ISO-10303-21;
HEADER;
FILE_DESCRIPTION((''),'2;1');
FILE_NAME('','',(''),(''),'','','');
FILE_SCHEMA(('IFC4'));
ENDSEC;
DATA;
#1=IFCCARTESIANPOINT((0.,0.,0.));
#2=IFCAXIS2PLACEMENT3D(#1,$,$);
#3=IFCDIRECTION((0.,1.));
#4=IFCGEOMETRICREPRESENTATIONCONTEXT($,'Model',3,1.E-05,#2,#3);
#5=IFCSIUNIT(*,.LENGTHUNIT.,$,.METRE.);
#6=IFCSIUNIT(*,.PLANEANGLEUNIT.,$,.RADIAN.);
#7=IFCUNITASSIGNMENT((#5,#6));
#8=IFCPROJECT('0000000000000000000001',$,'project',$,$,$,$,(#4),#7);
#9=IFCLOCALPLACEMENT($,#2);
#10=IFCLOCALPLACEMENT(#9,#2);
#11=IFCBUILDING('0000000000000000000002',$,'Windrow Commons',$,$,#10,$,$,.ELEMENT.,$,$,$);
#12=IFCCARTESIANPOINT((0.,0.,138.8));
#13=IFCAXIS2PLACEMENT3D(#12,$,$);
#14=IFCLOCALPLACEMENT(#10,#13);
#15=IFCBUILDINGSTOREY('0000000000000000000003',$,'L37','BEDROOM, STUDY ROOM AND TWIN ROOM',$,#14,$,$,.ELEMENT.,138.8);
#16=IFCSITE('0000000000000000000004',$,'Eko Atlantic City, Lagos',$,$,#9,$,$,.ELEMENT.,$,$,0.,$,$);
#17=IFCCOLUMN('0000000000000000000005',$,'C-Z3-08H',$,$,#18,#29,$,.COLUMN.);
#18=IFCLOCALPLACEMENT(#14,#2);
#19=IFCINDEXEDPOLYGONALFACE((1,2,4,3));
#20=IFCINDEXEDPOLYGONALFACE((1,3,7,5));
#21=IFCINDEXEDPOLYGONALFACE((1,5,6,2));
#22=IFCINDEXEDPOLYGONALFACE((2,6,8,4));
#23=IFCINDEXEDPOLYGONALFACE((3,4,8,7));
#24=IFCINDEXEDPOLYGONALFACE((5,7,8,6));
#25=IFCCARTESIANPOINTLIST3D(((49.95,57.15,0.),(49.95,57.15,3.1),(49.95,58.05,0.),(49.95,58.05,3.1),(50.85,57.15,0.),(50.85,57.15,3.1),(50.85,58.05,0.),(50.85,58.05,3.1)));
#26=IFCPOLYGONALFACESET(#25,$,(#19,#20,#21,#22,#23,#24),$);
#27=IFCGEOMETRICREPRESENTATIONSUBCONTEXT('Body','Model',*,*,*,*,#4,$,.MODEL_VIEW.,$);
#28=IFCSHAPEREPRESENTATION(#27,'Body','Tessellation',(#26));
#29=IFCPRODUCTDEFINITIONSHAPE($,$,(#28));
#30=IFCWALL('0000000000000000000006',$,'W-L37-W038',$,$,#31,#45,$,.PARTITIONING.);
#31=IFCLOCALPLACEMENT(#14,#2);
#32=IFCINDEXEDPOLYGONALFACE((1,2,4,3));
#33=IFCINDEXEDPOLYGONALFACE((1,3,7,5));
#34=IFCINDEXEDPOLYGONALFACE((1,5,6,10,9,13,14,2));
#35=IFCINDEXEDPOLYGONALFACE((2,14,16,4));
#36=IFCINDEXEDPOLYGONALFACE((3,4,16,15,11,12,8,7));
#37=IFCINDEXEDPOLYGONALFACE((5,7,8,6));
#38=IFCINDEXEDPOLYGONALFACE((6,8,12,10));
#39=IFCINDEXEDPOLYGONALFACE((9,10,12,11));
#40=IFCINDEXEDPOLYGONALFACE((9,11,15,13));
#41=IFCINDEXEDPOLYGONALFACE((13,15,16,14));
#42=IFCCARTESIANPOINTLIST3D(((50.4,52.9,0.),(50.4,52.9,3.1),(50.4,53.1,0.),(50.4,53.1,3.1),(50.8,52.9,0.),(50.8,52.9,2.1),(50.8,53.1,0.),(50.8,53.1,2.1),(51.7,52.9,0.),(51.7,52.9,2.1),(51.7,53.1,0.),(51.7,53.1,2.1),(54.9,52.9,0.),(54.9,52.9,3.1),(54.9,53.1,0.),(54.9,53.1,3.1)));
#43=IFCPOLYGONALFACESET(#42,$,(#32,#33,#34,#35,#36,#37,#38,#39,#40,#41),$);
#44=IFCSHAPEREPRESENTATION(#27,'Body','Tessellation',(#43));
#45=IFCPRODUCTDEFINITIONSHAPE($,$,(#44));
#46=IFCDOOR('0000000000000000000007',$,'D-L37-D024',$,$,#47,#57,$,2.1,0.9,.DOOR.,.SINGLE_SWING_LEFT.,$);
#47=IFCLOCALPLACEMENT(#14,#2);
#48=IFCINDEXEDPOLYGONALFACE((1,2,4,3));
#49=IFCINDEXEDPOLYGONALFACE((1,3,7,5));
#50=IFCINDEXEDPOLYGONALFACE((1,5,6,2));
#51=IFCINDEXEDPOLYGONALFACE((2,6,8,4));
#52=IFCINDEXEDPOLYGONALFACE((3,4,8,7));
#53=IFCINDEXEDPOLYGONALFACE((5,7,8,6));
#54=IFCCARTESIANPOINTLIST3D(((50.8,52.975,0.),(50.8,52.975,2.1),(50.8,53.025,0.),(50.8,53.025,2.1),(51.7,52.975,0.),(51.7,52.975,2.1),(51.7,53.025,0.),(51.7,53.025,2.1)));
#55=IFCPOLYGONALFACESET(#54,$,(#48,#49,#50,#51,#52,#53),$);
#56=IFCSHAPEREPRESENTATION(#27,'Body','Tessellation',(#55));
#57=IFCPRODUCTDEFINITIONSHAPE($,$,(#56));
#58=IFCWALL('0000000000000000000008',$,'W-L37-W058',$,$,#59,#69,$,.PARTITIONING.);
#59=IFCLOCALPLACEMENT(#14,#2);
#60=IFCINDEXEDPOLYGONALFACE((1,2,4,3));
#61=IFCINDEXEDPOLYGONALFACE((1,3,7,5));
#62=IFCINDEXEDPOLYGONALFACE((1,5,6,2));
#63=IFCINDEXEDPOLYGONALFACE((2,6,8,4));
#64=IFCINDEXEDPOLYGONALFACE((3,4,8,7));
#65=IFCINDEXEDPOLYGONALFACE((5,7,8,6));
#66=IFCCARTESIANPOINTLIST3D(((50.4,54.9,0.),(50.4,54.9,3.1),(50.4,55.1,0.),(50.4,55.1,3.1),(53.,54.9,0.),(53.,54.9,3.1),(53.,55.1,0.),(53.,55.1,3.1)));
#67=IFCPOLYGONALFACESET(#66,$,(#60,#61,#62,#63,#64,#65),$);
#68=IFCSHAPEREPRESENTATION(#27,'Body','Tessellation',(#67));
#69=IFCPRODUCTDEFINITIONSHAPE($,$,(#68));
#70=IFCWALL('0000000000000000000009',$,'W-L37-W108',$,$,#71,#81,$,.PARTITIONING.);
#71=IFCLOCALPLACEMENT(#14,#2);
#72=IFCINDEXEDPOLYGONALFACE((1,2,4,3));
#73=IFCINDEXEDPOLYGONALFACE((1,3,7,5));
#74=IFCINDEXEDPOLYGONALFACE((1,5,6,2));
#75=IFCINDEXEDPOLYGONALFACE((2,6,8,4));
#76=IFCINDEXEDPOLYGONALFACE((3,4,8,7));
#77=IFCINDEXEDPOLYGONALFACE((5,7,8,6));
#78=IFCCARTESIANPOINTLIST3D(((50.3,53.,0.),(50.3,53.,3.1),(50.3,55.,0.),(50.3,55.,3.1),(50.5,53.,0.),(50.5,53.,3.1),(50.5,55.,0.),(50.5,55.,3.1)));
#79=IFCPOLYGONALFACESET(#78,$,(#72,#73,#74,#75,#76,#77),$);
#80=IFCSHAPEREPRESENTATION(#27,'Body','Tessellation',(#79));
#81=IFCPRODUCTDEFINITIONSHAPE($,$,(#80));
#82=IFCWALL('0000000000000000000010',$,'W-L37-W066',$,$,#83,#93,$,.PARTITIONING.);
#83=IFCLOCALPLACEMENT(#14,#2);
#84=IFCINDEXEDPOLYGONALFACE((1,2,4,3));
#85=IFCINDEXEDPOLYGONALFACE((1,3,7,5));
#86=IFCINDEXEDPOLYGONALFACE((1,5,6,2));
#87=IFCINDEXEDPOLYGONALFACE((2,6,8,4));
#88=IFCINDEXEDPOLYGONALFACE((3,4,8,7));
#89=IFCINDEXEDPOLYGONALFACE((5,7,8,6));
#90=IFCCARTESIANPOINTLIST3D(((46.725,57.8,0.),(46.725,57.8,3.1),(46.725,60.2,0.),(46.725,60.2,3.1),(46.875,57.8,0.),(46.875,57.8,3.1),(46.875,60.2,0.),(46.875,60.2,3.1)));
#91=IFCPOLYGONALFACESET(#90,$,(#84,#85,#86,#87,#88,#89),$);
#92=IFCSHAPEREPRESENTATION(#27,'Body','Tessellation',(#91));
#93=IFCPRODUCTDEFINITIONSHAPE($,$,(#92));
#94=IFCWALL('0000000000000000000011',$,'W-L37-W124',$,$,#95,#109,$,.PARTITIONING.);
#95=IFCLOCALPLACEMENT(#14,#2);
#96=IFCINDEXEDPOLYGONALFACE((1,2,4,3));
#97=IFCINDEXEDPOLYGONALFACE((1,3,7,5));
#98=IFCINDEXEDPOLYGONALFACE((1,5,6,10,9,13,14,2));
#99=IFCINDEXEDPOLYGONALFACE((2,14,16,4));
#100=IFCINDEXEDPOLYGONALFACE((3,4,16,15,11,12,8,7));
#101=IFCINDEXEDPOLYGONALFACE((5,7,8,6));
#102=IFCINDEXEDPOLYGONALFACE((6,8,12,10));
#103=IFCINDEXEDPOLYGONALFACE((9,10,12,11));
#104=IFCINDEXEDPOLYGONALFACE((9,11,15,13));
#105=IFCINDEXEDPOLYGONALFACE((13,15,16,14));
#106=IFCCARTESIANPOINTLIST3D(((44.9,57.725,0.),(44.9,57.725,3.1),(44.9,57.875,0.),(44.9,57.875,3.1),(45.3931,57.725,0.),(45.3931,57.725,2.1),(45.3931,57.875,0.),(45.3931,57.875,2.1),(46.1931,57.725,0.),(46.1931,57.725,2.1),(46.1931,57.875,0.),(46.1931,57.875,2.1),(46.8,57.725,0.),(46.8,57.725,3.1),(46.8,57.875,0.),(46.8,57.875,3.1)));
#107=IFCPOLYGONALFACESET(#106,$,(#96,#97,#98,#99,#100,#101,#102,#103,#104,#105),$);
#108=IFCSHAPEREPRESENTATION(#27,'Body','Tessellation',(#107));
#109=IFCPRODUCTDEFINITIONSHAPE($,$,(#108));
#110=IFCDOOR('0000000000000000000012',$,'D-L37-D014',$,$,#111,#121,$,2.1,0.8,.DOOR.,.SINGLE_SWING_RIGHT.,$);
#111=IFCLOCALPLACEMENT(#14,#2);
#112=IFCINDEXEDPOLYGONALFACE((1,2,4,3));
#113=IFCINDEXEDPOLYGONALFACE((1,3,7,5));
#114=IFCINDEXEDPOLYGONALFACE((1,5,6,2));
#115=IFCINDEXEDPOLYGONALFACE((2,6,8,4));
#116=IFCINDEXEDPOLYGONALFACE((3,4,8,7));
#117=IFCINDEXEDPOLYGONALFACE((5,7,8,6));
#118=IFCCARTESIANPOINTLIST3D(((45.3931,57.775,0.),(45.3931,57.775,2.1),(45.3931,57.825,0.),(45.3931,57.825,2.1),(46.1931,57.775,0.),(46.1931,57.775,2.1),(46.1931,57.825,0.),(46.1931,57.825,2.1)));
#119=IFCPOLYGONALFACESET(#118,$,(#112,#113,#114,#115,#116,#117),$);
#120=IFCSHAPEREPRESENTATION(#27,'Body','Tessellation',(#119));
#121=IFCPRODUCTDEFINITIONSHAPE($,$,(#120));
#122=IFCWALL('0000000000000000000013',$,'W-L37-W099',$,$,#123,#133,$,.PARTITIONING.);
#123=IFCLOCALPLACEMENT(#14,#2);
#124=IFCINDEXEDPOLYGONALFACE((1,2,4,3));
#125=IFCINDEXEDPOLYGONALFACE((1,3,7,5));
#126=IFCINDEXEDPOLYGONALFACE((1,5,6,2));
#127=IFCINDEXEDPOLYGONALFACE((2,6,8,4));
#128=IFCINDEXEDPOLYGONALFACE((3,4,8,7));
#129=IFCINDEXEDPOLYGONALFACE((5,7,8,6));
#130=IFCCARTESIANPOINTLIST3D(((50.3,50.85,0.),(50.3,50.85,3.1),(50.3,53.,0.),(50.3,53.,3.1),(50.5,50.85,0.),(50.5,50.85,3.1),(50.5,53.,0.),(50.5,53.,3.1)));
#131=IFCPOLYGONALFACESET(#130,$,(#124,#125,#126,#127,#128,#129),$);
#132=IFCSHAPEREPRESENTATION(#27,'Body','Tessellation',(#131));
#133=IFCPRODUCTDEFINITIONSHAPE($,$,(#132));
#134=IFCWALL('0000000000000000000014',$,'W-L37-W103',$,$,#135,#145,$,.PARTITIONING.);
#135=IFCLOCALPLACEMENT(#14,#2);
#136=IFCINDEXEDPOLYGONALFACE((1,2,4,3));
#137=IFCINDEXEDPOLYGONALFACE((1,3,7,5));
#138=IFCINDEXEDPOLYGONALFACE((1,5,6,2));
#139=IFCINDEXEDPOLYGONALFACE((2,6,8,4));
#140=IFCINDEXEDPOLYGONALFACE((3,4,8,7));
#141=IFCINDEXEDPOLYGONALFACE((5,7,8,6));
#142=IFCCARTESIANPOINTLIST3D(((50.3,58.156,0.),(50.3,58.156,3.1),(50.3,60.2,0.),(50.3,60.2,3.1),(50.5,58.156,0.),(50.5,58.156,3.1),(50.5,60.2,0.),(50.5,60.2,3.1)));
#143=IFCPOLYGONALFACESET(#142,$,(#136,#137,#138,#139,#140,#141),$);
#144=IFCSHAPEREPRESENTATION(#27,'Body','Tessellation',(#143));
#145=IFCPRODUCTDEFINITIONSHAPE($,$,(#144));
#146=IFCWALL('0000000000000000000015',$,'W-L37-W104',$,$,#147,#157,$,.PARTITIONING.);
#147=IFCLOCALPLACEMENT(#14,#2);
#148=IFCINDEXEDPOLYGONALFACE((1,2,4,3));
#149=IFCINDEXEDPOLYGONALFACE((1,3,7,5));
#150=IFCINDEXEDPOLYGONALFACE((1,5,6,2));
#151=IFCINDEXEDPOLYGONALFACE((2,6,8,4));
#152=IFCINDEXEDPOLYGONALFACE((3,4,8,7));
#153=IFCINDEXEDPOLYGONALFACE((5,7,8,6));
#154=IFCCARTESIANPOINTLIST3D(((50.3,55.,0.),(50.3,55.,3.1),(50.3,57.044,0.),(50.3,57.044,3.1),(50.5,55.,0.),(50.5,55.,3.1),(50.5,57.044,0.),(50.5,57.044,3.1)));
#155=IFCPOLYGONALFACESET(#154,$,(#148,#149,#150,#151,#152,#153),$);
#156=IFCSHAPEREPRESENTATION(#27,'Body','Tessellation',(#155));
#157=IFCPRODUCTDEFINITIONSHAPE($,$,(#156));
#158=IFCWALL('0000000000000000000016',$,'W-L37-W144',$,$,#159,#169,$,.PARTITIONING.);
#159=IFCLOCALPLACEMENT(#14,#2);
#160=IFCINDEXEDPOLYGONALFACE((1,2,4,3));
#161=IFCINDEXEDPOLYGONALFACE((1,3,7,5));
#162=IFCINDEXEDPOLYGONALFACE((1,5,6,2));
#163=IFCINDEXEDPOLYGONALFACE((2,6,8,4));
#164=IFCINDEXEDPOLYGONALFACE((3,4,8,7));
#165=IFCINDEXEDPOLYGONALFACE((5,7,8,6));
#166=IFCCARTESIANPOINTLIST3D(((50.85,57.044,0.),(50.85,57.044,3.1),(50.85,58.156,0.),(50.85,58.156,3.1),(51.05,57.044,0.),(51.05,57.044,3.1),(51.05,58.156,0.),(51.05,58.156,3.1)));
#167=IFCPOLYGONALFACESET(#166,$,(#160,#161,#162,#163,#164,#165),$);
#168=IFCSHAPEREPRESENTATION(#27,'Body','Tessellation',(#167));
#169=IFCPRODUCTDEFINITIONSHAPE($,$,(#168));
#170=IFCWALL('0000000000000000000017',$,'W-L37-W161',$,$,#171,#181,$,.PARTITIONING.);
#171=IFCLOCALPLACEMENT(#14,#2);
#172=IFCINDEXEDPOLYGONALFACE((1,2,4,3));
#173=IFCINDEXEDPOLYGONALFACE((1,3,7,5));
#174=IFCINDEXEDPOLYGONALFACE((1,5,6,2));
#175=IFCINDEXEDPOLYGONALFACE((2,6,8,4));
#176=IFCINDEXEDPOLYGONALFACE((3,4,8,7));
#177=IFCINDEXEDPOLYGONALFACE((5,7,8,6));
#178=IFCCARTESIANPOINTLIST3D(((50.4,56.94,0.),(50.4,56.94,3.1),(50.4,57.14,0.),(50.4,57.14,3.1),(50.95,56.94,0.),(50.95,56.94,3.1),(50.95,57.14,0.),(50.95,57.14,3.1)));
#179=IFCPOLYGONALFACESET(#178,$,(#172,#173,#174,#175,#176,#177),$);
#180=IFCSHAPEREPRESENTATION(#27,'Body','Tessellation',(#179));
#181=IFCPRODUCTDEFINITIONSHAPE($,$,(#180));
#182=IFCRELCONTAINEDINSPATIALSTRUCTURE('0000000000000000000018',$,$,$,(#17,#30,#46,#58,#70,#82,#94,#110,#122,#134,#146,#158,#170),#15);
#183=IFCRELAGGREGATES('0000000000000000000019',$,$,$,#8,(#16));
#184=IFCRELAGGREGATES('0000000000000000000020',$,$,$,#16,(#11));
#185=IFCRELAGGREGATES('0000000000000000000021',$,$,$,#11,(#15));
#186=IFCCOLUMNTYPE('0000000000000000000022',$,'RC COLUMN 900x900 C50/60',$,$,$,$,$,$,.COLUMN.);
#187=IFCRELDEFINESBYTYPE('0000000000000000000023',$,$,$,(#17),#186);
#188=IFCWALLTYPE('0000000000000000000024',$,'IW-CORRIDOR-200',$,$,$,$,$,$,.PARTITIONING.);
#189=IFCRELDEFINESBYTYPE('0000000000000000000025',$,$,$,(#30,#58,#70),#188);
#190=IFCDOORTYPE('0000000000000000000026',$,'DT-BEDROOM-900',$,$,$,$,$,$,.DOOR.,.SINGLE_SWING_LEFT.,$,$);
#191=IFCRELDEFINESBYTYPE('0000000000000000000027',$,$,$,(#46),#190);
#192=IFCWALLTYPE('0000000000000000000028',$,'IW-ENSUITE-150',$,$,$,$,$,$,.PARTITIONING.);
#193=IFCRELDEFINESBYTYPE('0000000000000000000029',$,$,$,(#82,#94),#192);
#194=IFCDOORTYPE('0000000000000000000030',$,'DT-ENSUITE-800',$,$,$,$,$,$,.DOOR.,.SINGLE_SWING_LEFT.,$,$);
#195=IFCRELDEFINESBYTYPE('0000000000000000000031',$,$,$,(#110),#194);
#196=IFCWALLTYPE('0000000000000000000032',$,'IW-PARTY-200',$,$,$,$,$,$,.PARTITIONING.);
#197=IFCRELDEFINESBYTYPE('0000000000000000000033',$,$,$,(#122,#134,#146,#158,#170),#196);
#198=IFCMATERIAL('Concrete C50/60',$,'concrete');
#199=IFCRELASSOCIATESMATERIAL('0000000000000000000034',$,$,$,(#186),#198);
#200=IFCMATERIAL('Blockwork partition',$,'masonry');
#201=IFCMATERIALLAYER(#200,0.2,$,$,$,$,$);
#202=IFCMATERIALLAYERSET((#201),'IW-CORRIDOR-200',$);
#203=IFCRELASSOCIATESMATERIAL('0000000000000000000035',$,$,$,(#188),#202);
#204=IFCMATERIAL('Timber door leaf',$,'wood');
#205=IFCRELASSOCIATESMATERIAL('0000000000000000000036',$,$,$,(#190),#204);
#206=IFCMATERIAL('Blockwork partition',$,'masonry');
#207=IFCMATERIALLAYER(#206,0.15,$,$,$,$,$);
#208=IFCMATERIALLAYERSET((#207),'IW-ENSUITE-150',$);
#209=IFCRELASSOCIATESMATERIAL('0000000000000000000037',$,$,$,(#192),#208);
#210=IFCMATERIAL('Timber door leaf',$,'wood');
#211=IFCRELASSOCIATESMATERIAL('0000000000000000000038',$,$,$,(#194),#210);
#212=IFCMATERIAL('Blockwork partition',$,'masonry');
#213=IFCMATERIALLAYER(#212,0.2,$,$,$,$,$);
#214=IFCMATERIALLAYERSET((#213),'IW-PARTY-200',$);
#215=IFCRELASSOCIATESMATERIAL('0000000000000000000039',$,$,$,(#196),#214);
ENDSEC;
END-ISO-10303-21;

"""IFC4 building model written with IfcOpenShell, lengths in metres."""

from ifc_helpers import new_model, si_unit, direction, frame, frame_2d, origin, origin_2d, place, context, subcontext, project, spatial, rectangle, extrude, material, layer, layer_set, material_profile, profile_set, type_object, element, fill, save


model = new_model("IFC4")

# Units and contexts
model_context = context("Model", 3, precision=1e-05, world=origin(), true_north=direction((0.0, 1.0)))
body_context = subcontext(model_context, "Body", "Model", "MODEL_VIEW")
ifc_project = project(units=[si_unit("LENGTHUNIT", "METRE"), si_unit("PLANEANGLEUNIT", "RADIAN")], contexts=[model_context])

# Site, building, storey
site_placement = place(None, origin())
site = spatial("IfcSite", under=ifc_project, at=site_placement, Name="Eko Atlantic City, Lagos", CompositionType="ELEMENT", RefElevation=0.0)
building_placement = place(site_placement, origin())
building = spatial("IfcBuilding", under=site, at=building_placement, Name="Windrow Commons", CompositionType="ELEMENT")
storey_placement = place(building_placement, frame((0.0, 0.0, 138.8)))
storey = spatial("IfcBuildingStorey", under=building, at=storey_placement, Name="L37", Description="BEDROOM, STUDY ROOM AND TWIN ROOM", CompositionType="ELEMENT", Elevation=138.8)

# Column
ifc_material_1 = material(Name="Concrete C50/60", Category="concrete")
ifc_material_profile = material_profile(ifc_material_1, rectangle(XDim=0.9, YDim=0.9, at=origin_2d()))
ifc_profile_set = profile_set([ifc_material_profile], Name="Concrete C50/60")
column_type = type_object("IfcColumnType", Name="RC COLUMN 900x900 C50/60", PredefinedType="COLUMN", material=ifc_profile_set)
column_placement = place(storey_placement, frame((50.4, 57.6, 0.0), z_axis=(0.0, 0.0, 1.0), x_axis=(1.0, 0.0, 0.0)))
element("IfcColumn", 1, at=column_placement, inside=storey, type_object=column_type, Name="C-Z3-08H", PredefinedType="COLUMN", context=body_context, shape_type="SweptSolid", body=[
    extrude(rectangle(XDim=0.9, YDim=0.9, at=origin_2d()), origin(), (0.0, 0.0, 1.0), 3.1),
])

# Wall, opening, door
ifc_material_2 = material(Name="Blockwork partition", Category="masonry")
ifc_layer_1 = layer(ifc_material_2, 0.2)
ifc_layer_set_1 = layer_set([ifc_layer_1], Name="IW-CORRIDOR-200")
wall_type_1 = type_object("IfcWallType", Name="IW-CORRIDOR-200", PredefinedType="PARTITIONING", material=ifc_layer_set_1)
wall_1_placement = place(storey_placement, frame((50.4, 53.0, 0.0), z_axis=(0.0, 0.0, 1.0), x_axis=(1.0, 0.0, 0.0)))
wall_1 = element("IfcWall", 2, at=wall_1_placement, inside=storey, type_object=wall_type_1, Name="W-L37-W038", PredefinedType="PARTITIONING", context=body_context, shape_type="SweptSolid", body=[
    extrude(rectangle(XDim=4.5, YDim=0.2, at=frame_2d((2.25, 0.0))), origin(), (0.0, 0.0, 1.0), 3.1),
])
opening_1_placement = place(wall_1_placement, frame((0.4, 0.0, 0.0)))
opening_1 = element("IfcOpeningElement", 3, at=opening_1_placement, cuts=wall_1, PredefinedType="OPENING", context=body_context, shape_type="SweptSolid", body=[
    extrude(rectangle(XDim=0.9, YDim=2.1, at=frame_2d((0.45, 1.05))), frame((0.0, 0.11, 0.0), z_axis=(0.0, -1.0, 0.0), x_axis=(1.0, 0.0, 0.0)), (0.0, 0.0, 1.0), 0.22),
])
ifc_material_3 = material(Name="Timber door leaf", Category="wood")
door_type_1 = type_object("IfcDoorType", Name="DT-BEDROOM-900", OperationType="SINGLE_SWING_LEFT", PredefinedType="DOOR", material=ifc_material_3)
door_1_placement = place(opening_1_placement, origin())
door_1 = element("IfcDoor", 4, at=door_1_placement, inside=storey, type_object=door_type_1, Name="D-L37-D024", OperationType="SINGLE_SWING_LEFT", OverallHeight=2.1, OverallWidth=0.9, PredefinedType="DOOR", context=body_context, shape_type="SweptSolid", body=[
    extrude(rectangle(XDim=0.9, YDim=2.1, at=frame_2d((0.45, 1.05))), frame((0.0, 0.025, 0.0), z_axis=(0.0, -1.0, 0.0), x_axis=(1.0, 0.0, 0.0)), (0.0, 0.0, 1.0), 0.05),
])
fill(opening_1, door_1)

# Walls
wall_2_placement = place(storey_placement, frame((50.4, 55.0, 0.0), z_axis=(0.0, 0.0, 1.0), x_axis=(1.0, 0.0, 0.0)))
element("IfcWall", 5, at=wall_2_placement, inside=storey, type_object=wall_type_1, Name="W-L37-W058", PredefinedType="PARTITIONING", context=body_context, shape_type="SweptSolid", body=[
    extrude(rectangle(XDim=2.6, YDim=0.2, at=frame_2d((1.3, 0.0))), origin(), (0.0, 0.0, 1.0), 3.1),
])
wall_3_placement = place(storey_placement, frame((50.4, 53.0, 0.0), z_axis=(0.0, 0.0, 1.0), x_axis=(0.0, 1.0, 0.0)))
element("IfcWall", 6, at=wall_3_placement, inside=storey, type_object=wall_type_1, Name="W-L37-W108", PredefinedType="PARTITIONING", context=body_context, shape_type="SweptSolid", body=[
    extrude(rectangle(XDim=2.0, YDim=0.2, at=frame_2d((1.0, 0.0))), origin(), (0.0, 0.0, 1.0), 3.1),
])
ifc_material_4 = material(Name="Blockwork partition", Category="masonry")
ifc_layer_2 = layer(ifc_material_4, 0.15)
ifc_layer_set_2 = layer_set([ifc_layer_2], Name="IW-ENSUITE-150")
wall_type_2 = type_object("IfcWallType", Name="IW-ENSUITE-150", PredefinedType="PARTITIONING", material=ifc_layer_set_2)
wall_4_placement = place(storey_placement, frame((46.8, 57.8, 0.0), z_axis=(0.0, 0.0, 1.0), x_axis=(0.0, 1.0, 0.0)))
element("IfcWall", 7, at=wall_4_placement, inside=storey, type_object=wall_type_2, Name="W-L37-W066", PredefinedType="PARTITIONING", context=body_context, shape_type="SweptSolid", body=[
    extrude(rectangle(XDim=2.4, YDim=0.15, at=frame_2d((1.2, 0.0))), origin(), (0.0, 0.0, 1.0), 3.1),
])

# Wall, opening, door
wall_5_placement = place(storey_placement, frame((44.9, 57.8, 0.0), z_axis=(0.0, 0.0, 1.0), x_axis=(1.0, 0.0, 0.0)))
wall_5 = element("IfcWall", 8, at=wall_5_placement, inside=storey, type_object=wall_type_2, Name="W-L37-W124", PredefinedType="PARTITIONING", context=body_context, shape_type="SweptSolid", body=[
    extrude(rectangle(XDim=1.9, YDim=0.15, at=frame_2d((0.95, 0.0))), origin(), (0.0, 0.0, 1.0), 3.1),
])
opening_2_placement = place(wall_5_placement, frame((0.4931, 0.0, 0.0)))
opening_2 = element("IfcOpeningElement", 9, at=opening_2_placement, cuts=wall_5, PredefinedType="OPENING", context=body_context, shape_type="SweptSolid", body=[
    extrude(rectangle(XDim=0.8, YDim=2.1, at=frame_2d((0.4, 1.05))), frame((0.0, 0.085, 0.0), z_axis=(0.0, -1.0, 0.0), x_axis=(1.0, 0.0, 0.0)), (0.0, 0.0, 1.0), 0.17),
])
ifc_material_5 = material(Name="Timber door leaf", Category="wood")
door_type_2 = type_object("IfcDoorType", Name="DT-ENSUITE-800", OperationType="SINGLE_SWING_LEFT", PredefinedType="DOOR", material=ifc_material_5)
door_2_placement = place(opening_2_placement, origin())
door_2 = element("IfcDoor", 10, at=door_2_placement, inside=storey, type_object=door_type_2, Name="D-L37-D014", OperationType="SINGLE_SWING_RIGHT", OverallHeight=2.1, OverallWidth=0.8, PredefinedType="DOOR", context=body_context, shape_type="SweptSolid", body=[
    extrude(rectangle(XDim=0.8, YDim=2.1, at=frame_2d((0.4, 1.05))), frame((0.0, 0.025, 0.0), z_axis=(0.0, -1.0, 0.0), x_axis=(1.0, 0.0, 0.0)), (0.0, 0.0, 1.0), 0.05),
])
fill(opening_2, door_2)

# Walls
ifc_material_6 = material(Name="Blockwork partition", Category="masonry")
ifc_layer_3 = layer(ifc_material_6, 0.2)
ifc_layer_set_3 = layer_set([ifc_layer_3], Name="IW-PARTY-200")
wall_type_3 = type_object("IfcWallType", Name="IW-PARTY-200", PredefinedType="PARTITIONING", material=ifc_layer_set_3)
wall_6_placement = place(storey_placement, frame((50.4, 50.85, 0.0), z_axis=(0.0, 0.0, 1.0), x_axis=(0.0, 1.0, 0.0)))
element("IfcWall", 11, at=wall_6_placement, inside=storey, type_object=wall_type_3, Name="W-L37-W099", PredefinedType="PARTITIONING", context=body_context, shape_type="SweptSolid", body=[
    extrude(rectangle(XDim=2.15, YDim=0.2, at=frame_2d((1.075, 0.0))), origin(), (0.0, 0.0, 1.0), 3.1),
])
for number, where, z_axis, x_axis, name in (
    (12, (50.4, 58.156, 0.0), (0.0, 0.0, 1.0), (0.0, 1.0, 0.0), "W-L37-W103"),
    (13, (50.4, 55.0, 0.0), (0.0, 0.0, 1.0), (0.0, 1.0, 0.0), "W-L37-W104"),
):
    element("IfcWall", number, at=place(storey_placement, frame(where, z_axis=z_axis, x_axis=x_axis)), inside=storey, type_object=wall_type_3, Name=name, PredefinedType="PARTITIONING", context=body_context, shape_type="SweptSolid", body=[
        extrude(rectangle(XDim=2.044, YDim=0.2, at=frame_2d((1.022, 0.0))), origin(), (0.0, 0.0, 1.0), 3.1),
    ])
wall_7_placement = place(storey_placement, frame((50.95, 57.044, 0.0), z_axis=(0.0, 0.0, 1.0), x_axis=(0.0, 1.0, 0.0)))
element("IfcWall", 14, at=wall_7_placement, inside=storey, type_object=wall_type_3, Name="W-L37-W144", PredefinedType="PARTITIONING", context=body_context, shape_type="SweptSolid", body=[
    extrude(rectangle(XDim=1.112, YDim=0.2, at=frame_2d((0.556, 0.0))), origin(), (0.0, 0.0, 1.0), 3.1),
])
for number, where, z_axis, x_axis, name in (
    (15, (50.4, 57.04, 0.0), (0.0, 0.0, 1.0), (1.0, 0.0, 0.0), "W-L37-W161"),
):
    element("IfcWall", number, at=place(storey_placement, frame(where, z_axis=z_axis, x_axis=x_axis)), inside=storey, type_object=wall_type_3, Name=name, PredefinedType="PARTITIONING", context=body_context, shape_type="SweptSolid", body=[
        extrude(rectangle(XDim=0.55, YDim=0.2, at=frame_2d((0.275, 0.0))), origin(), (0.0, 0.0, 1.0), 3.1),
    ])

save(model, "model.ifc")
